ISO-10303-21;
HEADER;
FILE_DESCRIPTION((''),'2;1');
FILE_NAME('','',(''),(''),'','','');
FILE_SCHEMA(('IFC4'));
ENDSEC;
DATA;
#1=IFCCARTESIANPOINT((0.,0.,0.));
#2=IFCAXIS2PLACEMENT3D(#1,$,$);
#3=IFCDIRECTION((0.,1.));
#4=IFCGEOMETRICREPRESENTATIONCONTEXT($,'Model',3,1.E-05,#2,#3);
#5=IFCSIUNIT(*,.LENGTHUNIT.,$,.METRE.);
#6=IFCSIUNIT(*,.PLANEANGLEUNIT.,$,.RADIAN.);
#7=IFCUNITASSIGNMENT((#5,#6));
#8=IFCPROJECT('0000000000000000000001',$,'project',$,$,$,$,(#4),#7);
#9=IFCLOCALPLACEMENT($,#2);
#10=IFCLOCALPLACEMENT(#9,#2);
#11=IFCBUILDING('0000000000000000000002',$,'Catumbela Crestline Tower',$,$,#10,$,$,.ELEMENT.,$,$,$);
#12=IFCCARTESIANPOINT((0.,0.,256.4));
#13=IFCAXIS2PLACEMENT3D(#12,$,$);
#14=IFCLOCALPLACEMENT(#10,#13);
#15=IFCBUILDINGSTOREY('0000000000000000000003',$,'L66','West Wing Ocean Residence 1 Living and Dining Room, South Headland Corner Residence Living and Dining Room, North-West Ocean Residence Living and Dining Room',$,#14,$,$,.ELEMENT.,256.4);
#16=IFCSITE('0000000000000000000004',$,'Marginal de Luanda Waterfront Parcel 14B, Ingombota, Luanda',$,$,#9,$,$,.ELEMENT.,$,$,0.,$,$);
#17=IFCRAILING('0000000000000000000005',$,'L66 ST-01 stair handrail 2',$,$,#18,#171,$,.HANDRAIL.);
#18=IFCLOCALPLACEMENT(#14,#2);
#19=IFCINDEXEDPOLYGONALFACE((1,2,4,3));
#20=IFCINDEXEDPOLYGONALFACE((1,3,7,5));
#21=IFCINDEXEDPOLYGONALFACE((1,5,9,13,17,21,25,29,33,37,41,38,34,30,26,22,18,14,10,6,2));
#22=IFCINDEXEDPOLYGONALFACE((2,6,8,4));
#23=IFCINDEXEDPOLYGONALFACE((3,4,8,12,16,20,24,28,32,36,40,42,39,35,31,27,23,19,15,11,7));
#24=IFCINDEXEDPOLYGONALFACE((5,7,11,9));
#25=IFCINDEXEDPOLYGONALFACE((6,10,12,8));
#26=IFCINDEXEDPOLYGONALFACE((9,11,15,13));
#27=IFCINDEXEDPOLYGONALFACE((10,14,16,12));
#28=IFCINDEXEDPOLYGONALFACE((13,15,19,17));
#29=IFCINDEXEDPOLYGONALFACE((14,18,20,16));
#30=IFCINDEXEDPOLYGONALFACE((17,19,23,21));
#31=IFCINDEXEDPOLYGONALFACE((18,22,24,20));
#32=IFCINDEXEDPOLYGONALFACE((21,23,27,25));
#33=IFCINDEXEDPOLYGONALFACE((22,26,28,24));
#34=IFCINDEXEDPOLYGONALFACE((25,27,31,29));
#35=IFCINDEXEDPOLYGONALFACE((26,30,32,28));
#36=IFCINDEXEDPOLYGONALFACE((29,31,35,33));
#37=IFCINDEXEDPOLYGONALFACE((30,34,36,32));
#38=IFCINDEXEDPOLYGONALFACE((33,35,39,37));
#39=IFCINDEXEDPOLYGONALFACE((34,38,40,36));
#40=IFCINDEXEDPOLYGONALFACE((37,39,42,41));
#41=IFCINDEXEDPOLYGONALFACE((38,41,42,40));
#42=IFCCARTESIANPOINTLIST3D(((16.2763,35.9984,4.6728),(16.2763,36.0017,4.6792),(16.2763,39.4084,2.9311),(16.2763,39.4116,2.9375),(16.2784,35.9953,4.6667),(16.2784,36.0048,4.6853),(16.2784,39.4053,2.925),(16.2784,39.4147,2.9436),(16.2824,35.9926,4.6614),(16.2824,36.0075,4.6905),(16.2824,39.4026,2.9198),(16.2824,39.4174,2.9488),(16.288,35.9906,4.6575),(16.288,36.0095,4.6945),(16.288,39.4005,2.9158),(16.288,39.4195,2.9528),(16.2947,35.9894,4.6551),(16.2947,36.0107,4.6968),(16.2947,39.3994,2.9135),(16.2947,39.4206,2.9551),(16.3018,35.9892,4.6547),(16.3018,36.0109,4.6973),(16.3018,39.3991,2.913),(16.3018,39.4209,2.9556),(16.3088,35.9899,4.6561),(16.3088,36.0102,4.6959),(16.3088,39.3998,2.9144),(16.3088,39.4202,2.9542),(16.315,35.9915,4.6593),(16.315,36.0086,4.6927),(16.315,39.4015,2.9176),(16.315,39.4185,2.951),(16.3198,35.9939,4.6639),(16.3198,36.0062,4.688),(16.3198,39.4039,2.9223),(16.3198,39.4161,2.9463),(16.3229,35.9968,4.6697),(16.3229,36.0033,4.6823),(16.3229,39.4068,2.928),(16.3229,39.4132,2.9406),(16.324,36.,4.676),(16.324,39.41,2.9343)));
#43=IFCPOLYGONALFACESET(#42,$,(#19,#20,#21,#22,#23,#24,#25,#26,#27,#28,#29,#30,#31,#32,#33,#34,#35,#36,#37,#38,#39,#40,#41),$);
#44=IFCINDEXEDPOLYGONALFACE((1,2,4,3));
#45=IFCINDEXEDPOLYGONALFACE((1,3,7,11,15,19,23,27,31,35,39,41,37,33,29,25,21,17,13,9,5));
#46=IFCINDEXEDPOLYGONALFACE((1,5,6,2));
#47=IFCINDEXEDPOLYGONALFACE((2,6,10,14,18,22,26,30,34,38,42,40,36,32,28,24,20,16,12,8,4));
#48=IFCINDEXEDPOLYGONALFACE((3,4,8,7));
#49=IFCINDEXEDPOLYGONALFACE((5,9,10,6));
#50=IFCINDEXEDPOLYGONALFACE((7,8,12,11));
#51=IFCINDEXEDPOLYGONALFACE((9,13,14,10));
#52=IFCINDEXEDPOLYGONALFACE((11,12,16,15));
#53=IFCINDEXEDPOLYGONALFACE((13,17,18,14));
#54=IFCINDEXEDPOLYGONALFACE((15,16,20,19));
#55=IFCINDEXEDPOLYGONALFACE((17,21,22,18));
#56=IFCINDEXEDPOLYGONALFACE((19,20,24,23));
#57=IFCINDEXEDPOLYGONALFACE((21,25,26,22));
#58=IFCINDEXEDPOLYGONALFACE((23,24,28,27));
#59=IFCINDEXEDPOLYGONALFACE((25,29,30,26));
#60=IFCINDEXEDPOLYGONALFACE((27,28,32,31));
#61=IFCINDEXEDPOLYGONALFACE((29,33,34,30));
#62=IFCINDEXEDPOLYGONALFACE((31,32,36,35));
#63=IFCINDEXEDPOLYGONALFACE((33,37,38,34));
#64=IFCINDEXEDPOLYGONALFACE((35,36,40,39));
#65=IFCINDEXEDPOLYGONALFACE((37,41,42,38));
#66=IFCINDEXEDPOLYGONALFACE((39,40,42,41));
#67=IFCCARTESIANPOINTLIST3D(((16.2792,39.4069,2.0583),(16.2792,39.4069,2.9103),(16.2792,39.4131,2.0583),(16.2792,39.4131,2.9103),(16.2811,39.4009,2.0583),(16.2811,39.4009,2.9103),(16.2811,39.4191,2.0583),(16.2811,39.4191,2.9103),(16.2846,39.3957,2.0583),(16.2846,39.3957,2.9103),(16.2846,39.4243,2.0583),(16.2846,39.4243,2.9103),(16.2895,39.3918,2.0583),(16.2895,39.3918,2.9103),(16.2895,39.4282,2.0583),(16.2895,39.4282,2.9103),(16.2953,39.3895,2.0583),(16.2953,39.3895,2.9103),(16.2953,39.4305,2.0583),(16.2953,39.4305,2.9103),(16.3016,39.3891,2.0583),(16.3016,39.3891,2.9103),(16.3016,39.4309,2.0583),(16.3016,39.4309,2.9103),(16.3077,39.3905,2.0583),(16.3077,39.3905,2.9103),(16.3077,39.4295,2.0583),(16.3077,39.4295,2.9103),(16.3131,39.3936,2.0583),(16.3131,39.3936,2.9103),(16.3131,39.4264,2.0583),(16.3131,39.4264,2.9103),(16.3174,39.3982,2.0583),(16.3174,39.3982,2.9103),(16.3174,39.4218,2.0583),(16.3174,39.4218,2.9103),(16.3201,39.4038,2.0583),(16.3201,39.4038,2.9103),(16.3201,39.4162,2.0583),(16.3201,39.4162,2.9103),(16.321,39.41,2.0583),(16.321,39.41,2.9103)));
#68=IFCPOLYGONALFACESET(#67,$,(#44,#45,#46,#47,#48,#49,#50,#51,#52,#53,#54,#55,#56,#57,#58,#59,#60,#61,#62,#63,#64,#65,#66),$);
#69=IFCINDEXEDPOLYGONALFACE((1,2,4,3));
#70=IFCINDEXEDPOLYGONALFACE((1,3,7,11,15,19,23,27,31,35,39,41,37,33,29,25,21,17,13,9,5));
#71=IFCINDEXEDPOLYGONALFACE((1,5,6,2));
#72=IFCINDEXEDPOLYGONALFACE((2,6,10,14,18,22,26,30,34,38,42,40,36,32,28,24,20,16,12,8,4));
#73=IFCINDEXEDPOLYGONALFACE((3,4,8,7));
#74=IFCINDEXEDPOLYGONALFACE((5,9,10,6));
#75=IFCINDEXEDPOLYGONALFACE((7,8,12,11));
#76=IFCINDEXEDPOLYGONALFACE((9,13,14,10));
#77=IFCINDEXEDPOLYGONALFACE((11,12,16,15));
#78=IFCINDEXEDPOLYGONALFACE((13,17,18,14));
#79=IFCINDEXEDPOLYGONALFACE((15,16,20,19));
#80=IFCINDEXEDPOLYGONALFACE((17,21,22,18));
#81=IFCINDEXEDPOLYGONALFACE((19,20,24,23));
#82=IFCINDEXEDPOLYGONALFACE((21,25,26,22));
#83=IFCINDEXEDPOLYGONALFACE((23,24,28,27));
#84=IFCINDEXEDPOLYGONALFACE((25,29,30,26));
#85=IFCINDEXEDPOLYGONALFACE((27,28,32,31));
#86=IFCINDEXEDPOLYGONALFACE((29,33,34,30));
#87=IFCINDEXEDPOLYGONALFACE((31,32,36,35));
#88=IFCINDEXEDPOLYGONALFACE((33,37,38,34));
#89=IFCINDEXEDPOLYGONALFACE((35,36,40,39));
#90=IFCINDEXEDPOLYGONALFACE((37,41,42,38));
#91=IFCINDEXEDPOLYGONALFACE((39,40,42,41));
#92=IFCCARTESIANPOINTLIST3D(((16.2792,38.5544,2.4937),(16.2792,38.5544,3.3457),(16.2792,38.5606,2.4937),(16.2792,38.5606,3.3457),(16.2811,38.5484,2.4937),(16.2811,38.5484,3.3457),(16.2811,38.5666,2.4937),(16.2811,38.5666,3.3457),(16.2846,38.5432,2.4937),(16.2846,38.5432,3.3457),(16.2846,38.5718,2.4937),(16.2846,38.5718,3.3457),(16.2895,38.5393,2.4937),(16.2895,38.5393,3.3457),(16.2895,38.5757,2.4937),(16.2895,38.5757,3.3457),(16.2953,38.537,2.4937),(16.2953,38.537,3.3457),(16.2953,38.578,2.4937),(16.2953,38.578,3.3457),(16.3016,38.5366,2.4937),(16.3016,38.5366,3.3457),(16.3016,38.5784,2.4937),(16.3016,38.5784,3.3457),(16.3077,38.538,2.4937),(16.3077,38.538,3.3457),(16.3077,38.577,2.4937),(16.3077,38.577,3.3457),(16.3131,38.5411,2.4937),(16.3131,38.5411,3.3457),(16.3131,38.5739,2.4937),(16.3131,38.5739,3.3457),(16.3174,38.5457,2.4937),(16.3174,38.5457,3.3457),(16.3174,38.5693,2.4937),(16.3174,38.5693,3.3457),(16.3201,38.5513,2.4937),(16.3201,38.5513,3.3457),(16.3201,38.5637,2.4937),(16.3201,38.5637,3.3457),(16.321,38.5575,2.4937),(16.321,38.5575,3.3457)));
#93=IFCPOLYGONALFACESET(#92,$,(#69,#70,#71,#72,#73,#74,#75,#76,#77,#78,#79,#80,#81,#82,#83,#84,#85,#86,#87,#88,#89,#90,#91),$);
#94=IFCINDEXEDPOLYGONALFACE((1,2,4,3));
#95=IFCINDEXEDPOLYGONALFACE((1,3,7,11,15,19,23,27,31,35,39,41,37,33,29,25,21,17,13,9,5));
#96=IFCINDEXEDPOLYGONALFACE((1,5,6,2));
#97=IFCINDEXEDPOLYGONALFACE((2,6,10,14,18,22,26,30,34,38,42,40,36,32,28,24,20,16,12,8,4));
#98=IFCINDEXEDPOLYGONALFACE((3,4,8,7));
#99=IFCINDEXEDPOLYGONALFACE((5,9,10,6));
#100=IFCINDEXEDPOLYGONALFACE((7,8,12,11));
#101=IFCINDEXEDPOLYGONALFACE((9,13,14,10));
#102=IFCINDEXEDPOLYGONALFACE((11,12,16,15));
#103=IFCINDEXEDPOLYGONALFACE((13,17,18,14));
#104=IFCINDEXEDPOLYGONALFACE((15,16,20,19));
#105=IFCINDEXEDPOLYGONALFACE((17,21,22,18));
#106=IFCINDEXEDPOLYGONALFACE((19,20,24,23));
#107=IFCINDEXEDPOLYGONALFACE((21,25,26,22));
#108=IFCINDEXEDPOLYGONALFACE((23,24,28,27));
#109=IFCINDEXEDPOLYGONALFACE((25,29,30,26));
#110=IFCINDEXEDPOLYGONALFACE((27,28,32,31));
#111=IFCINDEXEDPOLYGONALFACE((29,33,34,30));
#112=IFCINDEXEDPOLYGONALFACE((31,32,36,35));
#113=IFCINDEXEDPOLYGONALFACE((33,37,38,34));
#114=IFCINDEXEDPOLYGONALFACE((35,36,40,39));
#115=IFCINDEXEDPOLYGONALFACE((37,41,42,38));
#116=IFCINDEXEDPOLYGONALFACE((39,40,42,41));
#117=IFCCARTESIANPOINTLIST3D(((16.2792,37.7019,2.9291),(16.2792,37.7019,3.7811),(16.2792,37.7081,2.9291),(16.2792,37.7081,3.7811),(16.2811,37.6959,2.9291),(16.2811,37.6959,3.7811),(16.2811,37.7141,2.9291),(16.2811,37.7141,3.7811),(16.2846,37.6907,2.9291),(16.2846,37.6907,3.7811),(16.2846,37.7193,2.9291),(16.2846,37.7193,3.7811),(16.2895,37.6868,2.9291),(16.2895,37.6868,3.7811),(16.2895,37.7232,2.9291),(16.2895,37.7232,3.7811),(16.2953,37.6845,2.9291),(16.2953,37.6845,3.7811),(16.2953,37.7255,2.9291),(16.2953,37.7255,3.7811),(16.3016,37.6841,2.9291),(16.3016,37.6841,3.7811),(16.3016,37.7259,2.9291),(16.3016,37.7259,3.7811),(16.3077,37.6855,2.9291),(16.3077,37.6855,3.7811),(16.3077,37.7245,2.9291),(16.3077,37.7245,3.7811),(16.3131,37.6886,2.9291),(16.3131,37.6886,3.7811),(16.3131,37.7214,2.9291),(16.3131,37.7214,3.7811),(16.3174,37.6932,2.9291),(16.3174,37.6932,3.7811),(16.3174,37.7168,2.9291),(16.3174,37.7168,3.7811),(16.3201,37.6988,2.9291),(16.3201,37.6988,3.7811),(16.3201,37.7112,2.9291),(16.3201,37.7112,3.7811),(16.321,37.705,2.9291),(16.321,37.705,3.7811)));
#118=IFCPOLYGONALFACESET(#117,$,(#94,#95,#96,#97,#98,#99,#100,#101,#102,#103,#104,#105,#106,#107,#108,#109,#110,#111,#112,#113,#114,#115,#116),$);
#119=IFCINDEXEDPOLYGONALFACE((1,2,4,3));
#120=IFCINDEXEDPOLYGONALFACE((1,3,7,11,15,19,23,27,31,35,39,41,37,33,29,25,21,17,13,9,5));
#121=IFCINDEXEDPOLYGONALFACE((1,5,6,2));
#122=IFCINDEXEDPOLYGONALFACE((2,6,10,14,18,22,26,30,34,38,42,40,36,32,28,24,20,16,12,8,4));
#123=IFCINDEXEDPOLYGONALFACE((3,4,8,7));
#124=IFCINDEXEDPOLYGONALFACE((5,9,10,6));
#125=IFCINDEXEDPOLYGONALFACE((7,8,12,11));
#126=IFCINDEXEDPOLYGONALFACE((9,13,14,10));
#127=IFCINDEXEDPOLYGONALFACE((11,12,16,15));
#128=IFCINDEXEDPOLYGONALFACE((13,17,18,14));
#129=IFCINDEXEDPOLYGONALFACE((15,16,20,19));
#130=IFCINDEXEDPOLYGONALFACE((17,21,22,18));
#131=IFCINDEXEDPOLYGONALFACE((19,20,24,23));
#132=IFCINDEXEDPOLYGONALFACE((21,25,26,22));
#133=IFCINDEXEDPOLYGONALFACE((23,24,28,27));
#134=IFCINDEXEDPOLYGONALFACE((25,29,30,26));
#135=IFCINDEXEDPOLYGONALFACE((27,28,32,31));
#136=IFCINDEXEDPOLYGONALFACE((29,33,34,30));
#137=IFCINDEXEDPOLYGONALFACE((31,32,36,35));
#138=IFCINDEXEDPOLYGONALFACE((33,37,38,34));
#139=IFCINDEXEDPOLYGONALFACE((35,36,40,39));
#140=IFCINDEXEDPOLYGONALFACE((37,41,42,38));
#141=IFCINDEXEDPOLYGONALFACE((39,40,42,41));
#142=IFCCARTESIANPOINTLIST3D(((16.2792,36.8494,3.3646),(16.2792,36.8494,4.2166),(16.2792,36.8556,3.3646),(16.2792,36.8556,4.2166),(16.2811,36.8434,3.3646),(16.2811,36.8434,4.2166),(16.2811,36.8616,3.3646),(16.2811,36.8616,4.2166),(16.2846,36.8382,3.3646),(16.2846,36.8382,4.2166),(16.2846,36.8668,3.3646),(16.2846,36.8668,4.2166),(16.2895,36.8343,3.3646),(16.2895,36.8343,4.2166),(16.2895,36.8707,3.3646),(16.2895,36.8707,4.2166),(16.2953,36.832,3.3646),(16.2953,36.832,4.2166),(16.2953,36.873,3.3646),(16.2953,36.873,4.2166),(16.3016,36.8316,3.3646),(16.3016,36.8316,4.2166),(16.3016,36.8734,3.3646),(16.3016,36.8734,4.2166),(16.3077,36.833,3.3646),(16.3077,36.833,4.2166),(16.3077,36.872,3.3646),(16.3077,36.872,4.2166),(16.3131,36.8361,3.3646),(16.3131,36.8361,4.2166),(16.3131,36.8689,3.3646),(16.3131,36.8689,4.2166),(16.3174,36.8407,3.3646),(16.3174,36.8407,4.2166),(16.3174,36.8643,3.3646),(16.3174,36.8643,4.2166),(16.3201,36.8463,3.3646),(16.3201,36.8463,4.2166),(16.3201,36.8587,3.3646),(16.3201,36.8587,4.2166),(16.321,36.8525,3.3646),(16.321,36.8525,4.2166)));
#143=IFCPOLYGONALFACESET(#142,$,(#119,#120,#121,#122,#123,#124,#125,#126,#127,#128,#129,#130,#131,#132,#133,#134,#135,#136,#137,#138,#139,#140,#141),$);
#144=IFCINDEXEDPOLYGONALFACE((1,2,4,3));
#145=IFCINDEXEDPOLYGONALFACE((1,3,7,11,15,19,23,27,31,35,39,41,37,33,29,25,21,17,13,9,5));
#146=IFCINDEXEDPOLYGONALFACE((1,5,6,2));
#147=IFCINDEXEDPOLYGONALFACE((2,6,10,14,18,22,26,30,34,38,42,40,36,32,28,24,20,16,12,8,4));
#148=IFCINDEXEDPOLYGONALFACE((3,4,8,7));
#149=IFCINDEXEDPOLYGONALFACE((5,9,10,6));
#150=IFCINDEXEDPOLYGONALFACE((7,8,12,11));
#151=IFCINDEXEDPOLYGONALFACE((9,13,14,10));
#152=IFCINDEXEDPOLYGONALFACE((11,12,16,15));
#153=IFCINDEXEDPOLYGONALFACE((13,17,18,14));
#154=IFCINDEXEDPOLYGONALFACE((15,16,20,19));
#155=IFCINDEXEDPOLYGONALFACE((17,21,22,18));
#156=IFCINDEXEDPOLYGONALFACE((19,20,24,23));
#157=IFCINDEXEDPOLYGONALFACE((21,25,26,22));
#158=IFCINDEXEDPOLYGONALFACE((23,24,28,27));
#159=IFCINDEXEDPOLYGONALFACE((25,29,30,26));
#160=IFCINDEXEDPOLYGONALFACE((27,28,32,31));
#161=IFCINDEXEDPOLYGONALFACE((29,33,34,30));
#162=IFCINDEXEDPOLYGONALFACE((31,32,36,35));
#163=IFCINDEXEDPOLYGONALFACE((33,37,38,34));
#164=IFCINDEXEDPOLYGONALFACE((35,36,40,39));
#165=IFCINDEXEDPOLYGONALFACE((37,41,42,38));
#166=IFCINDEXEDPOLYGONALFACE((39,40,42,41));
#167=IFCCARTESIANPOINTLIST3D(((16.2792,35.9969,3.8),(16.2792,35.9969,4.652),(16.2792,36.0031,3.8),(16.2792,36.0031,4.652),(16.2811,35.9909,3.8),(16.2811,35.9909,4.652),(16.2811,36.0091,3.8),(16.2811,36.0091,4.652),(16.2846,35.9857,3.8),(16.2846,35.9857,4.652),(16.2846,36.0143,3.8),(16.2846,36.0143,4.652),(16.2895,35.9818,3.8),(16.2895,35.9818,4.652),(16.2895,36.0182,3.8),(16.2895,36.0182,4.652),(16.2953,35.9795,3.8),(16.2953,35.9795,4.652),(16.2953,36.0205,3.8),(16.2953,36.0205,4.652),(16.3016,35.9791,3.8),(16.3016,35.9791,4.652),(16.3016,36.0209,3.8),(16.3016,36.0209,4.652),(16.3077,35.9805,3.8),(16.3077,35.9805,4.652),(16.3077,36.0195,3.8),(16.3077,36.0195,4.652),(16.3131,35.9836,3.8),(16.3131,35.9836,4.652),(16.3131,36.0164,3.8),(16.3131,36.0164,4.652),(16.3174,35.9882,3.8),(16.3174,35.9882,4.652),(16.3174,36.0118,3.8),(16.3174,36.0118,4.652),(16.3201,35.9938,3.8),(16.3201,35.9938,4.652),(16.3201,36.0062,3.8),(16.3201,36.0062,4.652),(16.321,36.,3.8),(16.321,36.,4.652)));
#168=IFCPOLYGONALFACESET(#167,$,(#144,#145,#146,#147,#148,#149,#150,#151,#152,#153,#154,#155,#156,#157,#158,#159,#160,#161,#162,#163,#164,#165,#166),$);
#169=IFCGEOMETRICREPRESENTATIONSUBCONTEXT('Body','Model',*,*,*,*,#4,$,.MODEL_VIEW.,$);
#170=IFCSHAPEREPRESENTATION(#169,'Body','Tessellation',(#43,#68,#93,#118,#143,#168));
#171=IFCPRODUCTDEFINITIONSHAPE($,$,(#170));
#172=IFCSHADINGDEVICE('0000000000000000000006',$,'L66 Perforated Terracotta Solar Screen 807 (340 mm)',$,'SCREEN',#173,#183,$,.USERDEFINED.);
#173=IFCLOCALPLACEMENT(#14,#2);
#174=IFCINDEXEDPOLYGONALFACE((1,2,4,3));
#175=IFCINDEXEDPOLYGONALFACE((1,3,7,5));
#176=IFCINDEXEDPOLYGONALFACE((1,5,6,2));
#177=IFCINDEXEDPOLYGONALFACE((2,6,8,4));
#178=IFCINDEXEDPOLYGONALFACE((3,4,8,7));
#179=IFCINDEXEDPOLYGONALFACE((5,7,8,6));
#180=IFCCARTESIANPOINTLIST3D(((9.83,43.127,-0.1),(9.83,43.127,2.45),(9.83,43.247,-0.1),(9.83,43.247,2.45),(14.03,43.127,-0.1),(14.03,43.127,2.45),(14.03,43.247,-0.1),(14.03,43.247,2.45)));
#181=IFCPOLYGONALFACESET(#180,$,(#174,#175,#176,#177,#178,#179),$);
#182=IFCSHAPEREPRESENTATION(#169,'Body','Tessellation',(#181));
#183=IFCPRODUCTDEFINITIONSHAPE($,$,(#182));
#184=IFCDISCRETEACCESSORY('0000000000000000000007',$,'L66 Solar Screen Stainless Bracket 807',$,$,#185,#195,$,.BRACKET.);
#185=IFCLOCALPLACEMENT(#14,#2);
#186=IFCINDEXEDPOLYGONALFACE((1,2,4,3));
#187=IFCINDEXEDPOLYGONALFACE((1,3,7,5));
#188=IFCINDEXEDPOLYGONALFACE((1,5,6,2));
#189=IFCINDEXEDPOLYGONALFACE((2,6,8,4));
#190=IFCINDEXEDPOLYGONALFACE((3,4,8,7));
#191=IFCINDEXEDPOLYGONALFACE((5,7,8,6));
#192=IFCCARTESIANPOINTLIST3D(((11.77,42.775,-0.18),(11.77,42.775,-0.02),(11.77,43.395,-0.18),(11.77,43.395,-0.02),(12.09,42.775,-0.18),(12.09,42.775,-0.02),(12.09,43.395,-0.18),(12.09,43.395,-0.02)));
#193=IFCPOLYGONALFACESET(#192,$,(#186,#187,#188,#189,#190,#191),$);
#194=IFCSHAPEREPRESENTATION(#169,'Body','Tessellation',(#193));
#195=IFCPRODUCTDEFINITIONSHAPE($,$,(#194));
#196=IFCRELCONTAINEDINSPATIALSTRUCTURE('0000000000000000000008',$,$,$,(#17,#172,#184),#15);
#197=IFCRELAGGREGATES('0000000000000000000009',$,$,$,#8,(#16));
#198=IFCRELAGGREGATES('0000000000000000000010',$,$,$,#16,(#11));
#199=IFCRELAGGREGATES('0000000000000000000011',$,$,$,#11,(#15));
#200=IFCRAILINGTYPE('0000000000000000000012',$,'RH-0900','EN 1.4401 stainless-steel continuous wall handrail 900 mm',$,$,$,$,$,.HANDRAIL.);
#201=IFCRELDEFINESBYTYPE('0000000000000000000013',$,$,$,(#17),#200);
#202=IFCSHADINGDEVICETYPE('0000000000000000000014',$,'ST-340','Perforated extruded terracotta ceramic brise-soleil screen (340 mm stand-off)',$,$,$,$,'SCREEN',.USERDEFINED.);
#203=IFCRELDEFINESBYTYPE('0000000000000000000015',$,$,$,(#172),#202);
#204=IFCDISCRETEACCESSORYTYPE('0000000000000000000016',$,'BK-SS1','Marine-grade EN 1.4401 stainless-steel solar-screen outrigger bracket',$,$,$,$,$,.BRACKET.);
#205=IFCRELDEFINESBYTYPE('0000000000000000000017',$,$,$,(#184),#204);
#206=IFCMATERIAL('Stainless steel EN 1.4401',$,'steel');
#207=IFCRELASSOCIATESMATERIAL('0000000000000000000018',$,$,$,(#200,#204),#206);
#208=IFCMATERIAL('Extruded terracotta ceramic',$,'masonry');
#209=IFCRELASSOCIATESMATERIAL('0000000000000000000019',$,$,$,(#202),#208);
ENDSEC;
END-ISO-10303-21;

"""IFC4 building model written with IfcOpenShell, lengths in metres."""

from ifc_helpers import new_model, si_unit, direction, frame, origin, origin_2d, place, context, subcontext, project, spatial, rectangle, circle, extrude, material, type_object, element, save


model = new_model("IFC4")

# Units and contexts
model_context = context("Model", 3, precision=1e-05, world=origin(), true_north=direction((0.0, 1.0)))
body_context = subcontext(model_context, "Body", "Model", "MODEL_VIEW")
ifc_project = project(units=[si_unit("LENGTHUNIT", "METRE"), si_unit("PLANEANGLEUNIT", "RADIAN")], contexts=[model_context])

# Site, building, storey
site_placement = place(None, origin())
site = spatial("IfcSite", under=ifc_project, at=site_placement, Name="Marginal de Luanda Waterfront Parcel 14B, Ingombota, Luanda", CompositionType="ELEMENT", RefElevation=0.0)
building_placement = place(site_placement, origin())
building = spatial("IfcBuilding", under=site, at=building_placement, Name="Catumbela Crestline Tower", CompositionType="ELEMENT")
storey_placement = place(building_placement, frame((0.0, 0.0, 256.4)))
storey = spatial("IfcBuildingStorey", under=building, at=storey_placement, Name="L66", Description="West Wing Ocean Residence 1 Living and Dining Room, South Headland Corner Residence Living and Dining Room, North-West Ocean Residence Living and Dining Room", CompositionType="ELEMENT", Elevation=256.4)

# Shared definitions
ifc_material_1 = material(Name="Stainless steel EN 1.4401", Category="steel")

# Railing
railing_type_1 = type_object("IfcRailingType", Name="RH-0900", Description="EN 1.4401 stainless-steel continuous wall handrail 900 mm", PredefinedType="HANDRAIL", material=ifc_material_1)
railing_1_placement = place(storey_placement, frame((16.3, 39.41, 2.0583)))
element("IfcRailing", 1, at=railing_1_placement, inside=storey, type_object=railing_type_1, Name="L66 ST-01 stair handrail 2", PredefinedType="HANDRAIL", context=body_context, shape_type="SweptSolid", body=[
    extrude(circle(Radius=0.024, at=origin_2d()), frame((0.0, 0.0, 0.876), z_axis=(0.0, -0.89056, 0.454865), x_axis=(1.0, 0.0, 0.0)), (0.0, 0.0, 1.0), 3.829),
    extrude(circle(Radius=0.021, at=origin_2d()), origin(), (0.0, 0.0, 1.0), 0.852),
    extrude(circle(Radius=0.021, at=origin_2d()), frame((0.0, -0.8525, 0.4354)), (0.0, 0.0, 1.0), 0.852),
    extrude(circle(Radius=0.021, at=origin_2d()), frame((0.0, -1.705, 0.8708)), (0.0, 0.0, 1.0), 0.852),
    extrude(circle(Radius=0.021, at=origin_2d()), frame((0.0, -2.5575, 1.3063)), (0.0, 0.0, 1.0), 0.852),
    extrude(circle(Radius=0.021, at=origin_2d()), frame((0.0, -3.41, 1.7417)), (0.0, 0.0, 1.0), 0.852),
])

# Shading device
ifc_material_2 = material(Name="Extruded terracotta ceramic", Category="masonry")
shading_device_type = type_object("IfcShadingDeviceType", Name="ST-340", Description="Perforated extruded terracotta ceramic brise-soleil screen (340 mm stand-off)", ElementType="SCREEN", PredefinedType="USERDEFINED", material=ifc_material_2)
shading_device_placement = place(storey_placement, frame((11.93, 43.187, -0.1), z_axis=(0.0, 0.0, 1.0), x_axis=(-1.0, 0.0, 0.0)))
element("IfcShadingDevice", 2, at=shading_device_placement, inside=storey, type_object=shading_device_type, Name="L66 Perforated Terracotta Solar Screen 807 (340 mm)", ObjectType="SCREEN", PredefinedType="USERDEFINED", context=body_context, shape_type="SweptSolid", body=[
    extrude(rectangle(XDim=4.2, YDim=0.12, at=origin_2d()), origin(), (0.0, 0.0, 1.0), 2.55),
])

# Discrete accessory
discrete_accessory_type = type_object("IfcDiscreteAccessoryType", Name="BK-SS1", Description="Marine-grade EN 1.4401 stainless-steel solar-screen outrigger bracket", PredefinedType="BRACKET", material=ifc_material_1)
discrete_accessory_placement = place(storey_placement, frame((11.93, 43.085, -0.18), z_axis=(0.0, 0.0, 1.0), x_axis=(-1.0, 0.0, 0.0)))
element("IfcDiscreteAccessory", 3, at=discrete_accessory_placement, inside=storey, type_object=discrete_accessory_type, Name="L66 Solar Screen Stainless Bracket 807", PredefinedType="BRACKET", context=body_context, shape_type="SweptSolid", body=[
    extrude(rectangle(XDim=0.32, YDim=0.62, at=origin_2d()), origin(), (0.0, 0.0, 1.0), 0.16),
])

save(model, "model.ifc")
